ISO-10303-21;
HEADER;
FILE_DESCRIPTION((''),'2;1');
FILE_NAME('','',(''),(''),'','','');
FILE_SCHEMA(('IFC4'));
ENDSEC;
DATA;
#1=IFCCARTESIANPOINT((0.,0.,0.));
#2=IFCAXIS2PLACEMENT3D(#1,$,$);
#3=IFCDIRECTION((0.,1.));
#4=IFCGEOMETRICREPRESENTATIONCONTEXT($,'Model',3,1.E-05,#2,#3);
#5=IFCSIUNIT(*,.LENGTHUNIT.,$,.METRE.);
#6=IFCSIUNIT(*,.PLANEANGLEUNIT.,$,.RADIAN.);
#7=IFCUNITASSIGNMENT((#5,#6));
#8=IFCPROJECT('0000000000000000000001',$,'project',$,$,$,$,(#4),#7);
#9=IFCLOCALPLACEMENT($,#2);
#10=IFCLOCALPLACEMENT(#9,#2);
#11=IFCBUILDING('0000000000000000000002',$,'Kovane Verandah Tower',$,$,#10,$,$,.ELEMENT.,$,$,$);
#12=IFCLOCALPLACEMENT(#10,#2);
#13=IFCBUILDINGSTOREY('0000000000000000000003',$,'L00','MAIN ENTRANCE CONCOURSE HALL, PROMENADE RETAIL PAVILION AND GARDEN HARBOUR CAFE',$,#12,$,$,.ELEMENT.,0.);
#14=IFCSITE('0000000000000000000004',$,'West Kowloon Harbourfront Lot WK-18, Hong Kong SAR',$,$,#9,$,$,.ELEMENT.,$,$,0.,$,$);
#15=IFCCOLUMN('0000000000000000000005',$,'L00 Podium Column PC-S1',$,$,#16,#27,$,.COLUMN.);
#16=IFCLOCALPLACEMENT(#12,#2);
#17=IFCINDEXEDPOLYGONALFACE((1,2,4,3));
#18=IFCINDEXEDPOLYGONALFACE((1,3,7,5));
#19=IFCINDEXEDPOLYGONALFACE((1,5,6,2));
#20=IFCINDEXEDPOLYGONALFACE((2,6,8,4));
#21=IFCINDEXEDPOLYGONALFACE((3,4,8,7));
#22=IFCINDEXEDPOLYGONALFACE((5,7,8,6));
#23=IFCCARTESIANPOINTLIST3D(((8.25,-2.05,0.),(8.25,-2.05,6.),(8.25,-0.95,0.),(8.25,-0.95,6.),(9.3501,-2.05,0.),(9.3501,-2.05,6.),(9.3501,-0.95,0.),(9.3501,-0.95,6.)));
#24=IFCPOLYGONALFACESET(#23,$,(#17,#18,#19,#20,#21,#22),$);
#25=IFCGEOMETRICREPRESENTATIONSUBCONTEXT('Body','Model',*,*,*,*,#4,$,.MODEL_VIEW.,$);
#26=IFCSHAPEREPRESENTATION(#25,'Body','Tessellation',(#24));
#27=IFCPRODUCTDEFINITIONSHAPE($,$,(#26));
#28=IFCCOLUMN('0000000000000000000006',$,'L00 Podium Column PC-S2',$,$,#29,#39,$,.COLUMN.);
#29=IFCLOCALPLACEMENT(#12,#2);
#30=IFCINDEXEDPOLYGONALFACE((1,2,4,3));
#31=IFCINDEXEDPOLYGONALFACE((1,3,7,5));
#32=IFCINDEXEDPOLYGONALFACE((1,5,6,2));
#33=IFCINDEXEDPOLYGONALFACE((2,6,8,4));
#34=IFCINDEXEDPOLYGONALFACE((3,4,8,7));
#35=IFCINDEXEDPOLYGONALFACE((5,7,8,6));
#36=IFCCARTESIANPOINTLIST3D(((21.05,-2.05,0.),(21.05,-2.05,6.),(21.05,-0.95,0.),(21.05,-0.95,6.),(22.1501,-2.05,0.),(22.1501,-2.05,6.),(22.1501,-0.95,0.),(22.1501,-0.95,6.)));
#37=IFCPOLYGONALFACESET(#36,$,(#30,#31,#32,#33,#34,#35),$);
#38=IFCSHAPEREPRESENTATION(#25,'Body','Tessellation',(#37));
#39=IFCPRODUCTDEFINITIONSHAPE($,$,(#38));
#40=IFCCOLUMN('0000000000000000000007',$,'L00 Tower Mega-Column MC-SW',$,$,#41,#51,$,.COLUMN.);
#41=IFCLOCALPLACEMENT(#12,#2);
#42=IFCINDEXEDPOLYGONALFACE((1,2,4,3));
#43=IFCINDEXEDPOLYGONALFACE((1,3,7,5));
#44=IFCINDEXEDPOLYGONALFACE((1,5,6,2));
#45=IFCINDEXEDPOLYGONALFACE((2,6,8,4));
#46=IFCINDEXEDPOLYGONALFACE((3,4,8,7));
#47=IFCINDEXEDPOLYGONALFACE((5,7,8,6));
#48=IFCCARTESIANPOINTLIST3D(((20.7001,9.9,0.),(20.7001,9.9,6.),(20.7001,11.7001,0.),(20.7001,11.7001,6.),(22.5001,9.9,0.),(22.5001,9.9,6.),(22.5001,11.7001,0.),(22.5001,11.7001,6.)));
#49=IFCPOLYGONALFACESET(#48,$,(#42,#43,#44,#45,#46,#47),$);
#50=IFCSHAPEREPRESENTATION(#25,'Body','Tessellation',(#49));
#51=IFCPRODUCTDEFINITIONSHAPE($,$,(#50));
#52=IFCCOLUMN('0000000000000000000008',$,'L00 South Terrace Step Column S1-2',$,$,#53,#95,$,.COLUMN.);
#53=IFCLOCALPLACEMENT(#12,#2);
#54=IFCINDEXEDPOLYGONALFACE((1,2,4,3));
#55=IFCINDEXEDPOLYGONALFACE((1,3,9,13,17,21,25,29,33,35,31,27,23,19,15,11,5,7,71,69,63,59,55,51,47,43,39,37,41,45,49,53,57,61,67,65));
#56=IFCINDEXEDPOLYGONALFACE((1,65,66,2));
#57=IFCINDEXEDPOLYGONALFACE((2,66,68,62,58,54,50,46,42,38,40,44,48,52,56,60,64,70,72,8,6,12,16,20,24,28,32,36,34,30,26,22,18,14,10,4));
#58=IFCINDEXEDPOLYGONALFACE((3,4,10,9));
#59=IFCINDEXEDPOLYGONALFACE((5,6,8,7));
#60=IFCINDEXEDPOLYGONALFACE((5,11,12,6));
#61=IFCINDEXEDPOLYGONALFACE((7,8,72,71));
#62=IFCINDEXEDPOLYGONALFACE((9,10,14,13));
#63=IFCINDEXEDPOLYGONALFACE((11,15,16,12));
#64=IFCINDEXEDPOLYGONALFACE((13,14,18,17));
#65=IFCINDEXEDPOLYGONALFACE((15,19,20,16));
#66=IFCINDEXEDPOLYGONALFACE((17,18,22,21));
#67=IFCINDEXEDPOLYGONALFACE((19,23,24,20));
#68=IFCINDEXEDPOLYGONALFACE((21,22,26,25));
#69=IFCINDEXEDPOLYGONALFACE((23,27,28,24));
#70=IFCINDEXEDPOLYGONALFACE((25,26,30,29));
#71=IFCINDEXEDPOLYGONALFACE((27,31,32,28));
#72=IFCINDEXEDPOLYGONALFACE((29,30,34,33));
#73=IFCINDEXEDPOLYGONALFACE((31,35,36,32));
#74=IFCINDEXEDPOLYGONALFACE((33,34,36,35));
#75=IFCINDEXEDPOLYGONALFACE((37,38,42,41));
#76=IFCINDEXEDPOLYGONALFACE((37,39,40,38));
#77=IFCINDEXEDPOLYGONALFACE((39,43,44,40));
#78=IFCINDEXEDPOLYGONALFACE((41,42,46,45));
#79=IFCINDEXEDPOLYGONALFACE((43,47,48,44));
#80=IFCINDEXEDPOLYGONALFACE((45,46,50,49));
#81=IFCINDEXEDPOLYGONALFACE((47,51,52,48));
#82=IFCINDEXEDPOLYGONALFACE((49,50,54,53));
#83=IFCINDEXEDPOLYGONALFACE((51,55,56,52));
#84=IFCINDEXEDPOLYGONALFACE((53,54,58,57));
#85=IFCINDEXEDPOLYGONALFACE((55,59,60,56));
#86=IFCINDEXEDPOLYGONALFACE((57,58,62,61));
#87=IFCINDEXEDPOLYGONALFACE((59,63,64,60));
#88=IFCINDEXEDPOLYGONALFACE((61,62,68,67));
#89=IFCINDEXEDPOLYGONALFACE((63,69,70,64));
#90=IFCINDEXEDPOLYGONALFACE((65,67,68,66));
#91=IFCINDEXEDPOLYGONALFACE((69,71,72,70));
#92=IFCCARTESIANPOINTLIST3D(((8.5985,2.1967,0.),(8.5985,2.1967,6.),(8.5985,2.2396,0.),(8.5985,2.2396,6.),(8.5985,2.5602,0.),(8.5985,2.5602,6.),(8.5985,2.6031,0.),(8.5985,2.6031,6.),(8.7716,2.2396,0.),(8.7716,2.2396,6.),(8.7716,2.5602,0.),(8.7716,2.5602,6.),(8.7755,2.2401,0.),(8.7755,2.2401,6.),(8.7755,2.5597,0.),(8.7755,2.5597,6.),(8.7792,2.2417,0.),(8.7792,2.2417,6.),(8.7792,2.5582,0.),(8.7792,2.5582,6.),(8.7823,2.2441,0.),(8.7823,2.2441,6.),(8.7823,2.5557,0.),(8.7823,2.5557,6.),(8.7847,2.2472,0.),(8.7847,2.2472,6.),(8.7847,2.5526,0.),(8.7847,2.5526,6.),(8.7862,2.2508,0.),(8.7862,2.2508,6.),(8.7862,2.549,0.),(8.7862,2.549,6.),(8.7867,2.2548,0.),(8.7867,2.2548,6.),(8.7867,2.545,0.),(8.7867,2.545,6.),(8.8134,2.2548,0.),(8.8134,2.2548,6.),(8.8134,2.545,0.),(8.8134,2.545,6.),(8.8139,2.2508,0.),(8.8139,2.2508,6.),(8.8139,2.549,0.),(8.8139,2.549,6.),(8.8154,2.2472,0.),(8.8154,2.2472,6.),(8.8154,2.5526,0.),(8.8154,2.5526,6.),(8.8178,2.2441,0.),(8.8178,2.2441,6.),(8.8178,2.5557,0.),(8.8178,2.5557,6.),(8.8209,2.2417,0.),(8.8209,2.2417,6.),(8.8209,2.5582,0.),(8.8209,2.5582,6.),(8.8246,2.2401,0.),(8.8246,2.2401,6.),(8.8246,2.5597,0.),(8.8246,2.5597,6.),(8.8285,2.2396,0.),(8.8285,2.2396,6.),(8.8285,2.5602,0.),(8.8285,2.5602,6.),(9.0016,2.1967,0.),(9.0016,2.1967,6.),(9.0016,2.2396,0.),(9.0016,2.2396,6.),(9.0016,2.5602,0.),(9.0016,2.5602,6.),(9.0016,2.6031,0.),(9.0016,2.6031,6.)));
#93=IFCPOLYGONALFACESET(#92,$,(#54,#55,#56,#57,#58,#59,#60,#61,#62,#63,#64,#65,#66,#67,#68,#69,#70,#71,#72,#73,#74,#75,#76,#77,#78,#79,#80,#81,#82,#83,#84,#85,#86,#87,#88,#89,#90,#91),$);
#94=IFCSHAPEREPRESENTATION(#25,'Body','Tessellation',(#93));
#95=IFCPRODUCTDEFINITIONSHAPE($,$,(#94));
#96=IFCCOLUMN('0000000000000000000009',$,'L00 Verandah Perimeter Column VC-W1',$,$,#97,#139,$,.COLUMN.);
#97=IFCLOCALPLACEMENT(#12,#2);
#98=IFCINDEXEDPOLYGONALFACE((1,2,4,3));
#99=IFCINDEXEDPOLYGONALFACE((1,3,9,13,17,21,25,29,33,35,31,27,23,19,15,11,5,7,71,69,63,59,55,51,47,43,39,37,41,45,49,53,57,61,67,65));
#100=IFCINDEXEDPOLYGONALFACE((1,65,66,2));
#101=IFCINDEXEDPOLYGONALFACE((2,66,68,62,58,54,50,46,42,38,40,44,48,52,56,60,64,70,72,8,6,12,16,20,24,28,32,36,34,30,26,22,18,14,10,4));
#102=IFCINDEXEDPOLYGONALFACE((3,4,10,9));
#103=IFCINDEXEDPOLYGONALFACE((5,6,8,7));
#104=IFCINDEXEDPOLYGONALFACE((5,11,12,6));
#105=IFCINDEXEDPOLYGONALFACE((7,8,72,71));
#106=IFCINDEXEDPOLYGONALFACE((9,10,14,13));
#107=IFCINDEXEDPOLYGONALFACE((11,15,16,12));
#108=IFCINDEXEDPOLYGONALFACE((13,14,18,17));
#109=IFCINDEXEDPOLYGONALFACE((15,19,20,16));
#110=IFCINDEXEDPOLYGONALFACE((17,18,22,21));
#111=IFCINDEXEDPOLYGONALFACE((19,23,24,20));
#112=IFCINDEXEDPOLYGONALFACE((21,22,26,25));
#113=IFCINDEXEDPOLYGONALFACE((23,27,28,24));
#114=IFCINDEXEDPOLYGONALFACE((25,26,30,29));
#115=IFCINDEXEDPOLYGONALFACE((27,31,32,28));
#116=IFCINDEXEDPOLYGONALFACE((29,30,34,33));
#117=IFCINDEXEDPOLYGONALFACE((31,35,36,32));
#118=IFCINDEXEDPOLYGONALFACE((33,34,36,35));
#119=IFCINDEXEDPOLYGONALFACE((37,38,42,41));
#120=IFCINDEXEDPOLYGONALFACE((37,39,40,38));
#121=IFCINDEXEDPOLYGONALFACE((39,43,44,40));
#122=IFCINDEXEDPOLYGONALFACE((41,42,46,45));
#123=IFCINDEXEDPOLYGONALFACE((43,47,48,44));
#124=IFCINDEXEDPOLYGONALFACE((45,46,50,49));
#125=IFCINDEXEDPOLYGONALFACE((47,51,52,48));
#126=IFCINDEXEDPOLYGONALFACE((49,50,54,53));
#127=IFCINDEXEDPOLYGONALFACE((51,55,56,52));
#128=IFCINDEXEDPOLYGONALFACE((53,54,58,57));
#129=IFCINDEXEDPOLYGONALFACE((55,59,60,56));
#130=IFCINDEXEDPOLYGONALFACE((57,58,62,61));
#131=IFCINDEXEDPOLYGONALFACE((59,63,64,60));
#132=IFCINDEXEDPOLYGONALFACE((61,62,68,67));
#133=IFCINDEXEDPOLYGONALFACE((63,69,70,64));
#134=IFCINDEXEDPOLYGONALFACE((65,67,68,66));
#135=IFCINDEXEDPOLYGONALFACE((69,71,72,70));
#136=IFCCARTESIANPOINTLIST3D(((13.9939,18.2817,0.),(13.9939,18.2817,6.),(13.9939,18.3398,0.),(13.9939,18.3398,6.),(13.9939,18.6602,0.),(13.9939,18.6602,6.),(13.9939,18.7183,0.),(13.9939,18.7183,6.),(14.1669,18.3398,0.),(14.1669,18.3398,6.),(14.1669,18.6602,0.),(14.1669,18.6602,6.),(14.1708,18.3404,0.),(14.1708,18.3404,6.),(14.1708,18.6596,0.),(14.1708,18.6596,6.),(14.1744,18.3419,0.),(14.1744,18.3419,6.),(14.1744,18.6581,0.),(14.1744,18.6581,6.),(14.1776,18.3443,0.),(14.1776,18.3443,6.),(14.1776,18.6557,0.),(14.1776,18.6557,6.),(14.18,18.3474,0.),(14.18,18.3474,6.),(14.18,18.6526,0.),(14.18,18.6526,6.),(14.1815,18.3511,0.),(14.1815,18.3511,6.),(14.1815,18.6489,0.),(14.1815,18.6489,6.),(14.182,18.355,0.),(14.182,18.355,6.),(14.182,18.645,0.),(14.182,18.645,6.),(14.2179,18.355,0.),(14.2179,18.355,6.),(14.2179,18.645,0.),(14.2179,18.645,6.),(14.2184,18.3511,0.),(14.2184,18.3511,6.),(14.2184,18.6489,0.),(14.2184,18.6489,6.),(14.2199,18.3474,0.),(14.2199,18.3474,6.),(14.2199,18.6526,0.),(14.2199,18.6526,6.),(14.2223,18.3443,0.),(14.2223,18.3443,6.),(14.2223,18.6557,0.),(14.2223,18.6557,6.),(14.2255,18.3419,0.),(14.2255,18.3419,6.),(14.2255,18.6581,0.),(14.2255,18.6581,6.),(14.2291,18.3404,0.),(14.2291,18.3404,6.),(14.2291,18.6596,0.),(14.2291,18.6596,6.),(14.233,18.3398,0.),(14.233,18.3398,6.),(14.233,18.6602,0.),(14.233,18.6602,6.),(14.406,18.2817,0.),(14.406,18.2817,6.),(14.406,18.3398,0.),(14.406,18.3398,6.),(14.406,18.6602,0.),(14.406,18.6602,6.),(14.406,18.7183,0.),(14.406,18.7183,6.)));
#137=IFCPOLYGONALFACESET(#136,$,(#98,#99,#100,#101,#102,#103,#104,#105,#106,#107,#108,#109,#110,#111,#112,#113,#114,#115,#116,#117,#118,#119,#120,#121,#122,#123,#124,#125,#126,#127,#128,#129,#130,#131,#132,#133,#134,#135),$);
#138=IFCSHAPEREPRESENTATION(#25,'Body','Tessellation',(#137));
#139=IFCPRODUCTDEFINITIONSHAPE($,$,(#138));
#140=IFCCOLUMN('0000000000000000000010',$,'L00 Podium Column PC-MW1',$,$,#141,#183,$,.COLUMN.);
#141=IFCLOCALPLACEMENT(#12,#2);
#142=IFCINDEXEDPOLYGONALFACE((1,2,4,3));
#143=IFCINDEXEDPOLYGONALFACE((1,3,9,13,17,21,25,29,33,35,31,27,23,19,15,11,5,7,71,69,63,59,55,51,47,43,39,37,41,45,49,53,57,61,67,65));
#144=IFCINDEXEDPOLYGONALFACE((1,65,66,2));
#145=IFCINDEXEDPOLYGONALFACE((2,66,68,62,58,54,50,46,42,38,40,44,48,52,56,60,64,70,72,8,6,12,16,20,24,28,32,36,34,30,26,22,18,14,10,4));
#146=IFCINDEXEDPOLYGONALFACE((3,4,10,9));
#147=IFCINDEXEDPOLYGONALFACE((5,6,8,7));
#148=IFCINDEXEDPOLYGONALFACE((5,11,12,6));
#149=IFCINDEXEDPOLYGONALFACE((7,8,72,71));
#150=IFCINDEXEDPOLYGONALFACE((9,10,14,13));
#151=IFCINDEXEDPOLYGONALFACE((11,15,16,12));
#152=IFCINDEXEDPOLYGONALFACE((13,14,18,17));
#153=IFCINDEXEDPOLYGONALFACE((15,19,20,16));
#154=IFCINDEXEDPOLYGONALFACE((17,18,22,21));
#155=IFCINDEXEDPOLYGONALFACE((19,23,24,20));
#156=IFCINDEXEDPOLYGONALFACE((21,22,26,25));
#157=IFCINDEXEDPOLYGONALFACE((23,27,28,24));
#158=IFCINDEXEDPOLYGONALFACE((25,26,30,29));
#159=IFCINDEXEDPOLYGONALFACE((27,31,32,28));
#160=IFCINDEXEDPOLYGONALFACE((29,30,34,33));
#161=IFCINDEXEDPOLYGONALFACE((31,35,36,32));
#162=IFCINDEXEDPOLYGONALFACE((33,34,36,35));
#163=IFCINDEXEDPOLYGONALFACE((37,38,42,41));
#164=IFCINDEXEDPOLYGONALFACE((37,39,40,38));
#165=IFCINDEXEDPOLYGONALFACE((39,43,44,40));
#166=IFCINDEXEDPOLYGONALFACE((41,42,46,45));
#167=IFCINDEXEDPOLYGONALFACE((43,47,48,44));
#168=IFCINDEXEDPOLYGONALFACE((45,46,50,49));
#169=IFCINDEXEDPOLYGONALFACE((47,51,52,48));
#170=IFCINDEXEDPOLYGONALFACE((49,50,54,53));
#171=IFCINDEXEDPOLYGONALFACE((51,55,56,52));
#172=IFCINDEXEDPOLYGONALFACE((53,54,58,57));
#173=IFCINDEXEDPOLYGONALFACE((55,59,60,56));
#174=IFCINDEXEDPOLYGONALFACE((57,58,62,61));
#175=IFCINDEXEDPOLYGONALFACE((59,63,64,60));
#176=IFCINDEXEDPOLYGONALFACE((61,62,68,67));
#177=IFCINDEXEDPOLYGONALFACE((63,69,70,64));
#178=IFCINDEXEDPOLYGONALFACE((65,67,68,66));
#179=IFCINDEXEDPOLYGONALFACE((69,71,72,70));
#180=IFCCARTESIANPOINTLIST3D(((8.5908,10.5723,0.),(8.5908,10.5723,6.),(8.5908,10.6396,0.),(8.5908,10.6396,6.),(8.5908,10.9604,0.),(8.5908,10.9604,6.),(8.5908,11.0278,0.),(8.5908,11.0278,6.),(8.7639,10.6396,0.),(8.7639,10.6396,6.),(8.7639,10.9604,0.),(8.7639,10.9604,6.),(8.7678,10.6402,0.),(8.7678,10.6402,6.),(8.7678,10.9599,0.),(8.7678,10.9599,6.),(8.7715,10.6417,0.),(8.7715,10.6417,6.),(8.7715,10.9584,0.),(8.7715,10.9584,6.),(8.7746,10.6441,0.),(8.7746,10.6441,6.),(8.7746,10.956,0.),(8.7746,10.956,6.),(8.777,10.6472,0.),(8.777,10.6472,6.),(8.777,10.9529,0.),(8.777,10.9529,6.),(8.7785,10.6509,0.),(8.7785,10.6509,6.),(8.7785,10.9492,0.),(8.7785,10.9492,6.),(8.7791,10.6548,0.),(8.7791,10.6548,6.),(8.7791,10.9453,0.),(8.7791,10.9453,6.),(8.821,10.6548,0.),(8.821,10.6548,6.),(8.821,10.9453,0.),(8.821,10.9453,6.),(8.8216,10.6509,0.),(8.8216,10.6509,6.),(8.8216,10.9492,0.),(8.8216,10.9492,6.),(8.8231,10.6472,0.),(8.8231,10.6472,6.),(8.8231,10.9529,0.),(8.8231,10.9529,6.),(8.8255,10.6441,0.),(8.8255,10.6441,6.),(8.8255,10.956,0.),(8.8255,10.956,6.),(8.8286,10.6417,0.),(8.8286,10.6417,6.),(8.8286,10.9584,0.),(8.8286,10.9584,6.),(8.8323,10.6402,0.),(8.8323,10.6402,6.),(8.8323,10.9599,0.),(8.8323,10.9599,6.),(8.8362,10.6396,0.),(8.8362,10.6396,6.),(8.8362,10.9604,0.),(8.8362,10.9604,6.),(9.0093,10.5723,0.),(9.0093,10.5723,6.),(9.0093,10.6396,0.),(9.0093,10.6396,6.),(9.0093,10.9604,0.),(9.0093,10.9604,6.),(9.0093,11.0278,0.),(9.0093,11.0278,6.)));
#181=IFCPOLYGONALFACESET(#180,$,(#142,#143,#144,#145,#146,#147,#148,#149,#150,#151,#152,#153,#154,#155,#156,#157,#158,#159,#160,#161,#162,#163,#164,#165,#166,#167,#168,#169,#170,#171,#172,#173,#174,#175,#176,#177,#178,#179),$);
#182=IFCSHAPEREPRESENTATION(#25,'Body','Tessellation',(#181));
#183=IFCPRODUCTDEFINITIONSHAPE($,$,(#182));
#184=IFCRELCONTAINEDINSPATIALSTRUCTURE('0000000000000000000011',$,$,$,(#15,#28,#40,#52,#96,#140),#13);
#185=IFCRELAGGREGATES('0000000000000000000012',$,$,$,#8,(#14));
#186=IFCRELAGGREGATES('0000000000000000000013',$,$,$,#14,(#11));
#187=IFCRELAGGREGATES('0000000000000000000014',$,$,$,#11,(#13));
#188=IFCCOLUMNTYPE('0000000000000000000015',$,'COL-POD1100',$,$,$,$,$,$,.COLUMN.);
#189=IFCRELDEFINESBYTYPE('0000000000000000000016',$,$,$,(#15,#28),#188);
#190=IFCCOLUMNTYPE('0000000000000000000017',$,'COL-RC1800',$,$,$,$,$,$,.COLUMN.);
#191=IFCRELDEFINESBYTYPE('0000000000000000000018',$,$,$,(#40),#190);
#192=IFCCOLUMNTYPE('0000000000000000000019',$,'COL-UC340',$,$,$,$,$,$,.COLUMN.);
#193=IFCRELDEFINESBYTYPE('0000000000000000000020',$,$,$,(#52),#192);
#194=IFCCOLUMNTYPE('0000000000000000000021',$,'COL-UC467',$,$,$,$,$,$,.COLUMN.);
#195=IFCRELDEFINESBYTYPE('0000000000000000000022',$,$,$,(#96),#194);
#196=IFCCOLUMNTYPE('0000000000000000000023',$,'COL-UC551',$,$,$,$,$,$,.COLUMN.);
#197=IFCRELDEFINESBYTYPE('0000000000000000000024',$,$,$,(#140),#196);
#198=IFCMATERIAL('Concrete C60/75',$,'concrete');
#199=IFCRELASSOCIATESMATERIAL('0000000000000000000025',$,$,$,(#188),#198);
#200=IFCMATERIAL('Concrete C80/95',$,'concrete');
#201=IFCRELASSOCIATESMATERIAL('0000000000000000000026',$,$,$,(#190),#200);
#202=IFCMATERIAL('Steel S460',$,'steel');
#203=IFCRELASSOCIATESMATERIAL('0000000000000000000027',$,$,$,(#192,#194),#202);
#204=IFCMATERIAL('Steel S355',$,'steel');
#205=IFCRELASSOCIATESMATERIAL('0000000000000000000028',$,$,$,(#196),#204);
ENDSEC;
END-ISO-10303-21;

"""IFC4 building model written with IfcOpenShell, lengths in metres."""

from ifc_helpers import new_model, si_unit, direction, frame, origin, origin_2d, place, context, subcontext, project, spatial, rectangle, i_section, extrude, material, material_profile, profile_set, type_object, element, save


model = new_model("IFC4")

# Units and contexts
model_context = context("Model", 3, precision=1e-05, world=origin(), true_north=direction((0.0, 1.0)))
body_context = subcontext(model_context, "Body", "Model", "MODEL_VIEW")
ifc_project = project(units=[si_unit("LENGTHUNIT", "METRE"), si_unit("PLANEANGLEUNIT", "RADIAN")], contexts=[model_context])

# Site, building, storey
site_placement = place(None, origin())
site = spatial("IfcSite", under=ifc_project, at=site_placement, Name="West Kowloon Harbourfront Lot WK-18, Hong Kong SAR", CompositionType="ELEMENT", RefElevation=0.0)
building_placement = place(site_placement, origin())
building = spatial("IfcBuilding", under=site, at=building_placement, Name="Kovane Verandah Tower", CompositionType="ELEMENT")
storey_placement = place(building_placement, origin())
storey = spatial("IfcBuildingStorey", under=building, at=storey_placement, Name="L00", Description="MAIN ENTRANCE CONCOURSE HALL, PROMENADE RETAIL PAVILION AND GARDEN HARBOUR CAFE", CompositionType="ELEMENT", Elevation=0.0)

# Columns
ifc_material_1 = material(Name="Concrete C60/75", Category="concrete")
ifc_material_profile_1 = material_profile(ifc_material_1, rectangle(XDim=1.1001, YDim=1.1001, at=origin_2d()), Name="RC1100x1100")
ifc_profile_set_1 = profile_set([ifc_material_profile_1], Name="Concrete C60/75")
column_type_1 = type_object("IfcColumnType", Name="COL-POD1100", PredefinedType="COLUMN", material=ifc_profile_set_1)
for number, where, z_axis, x_axis, name in (
    (1, (8.8, -1.5, 0.0), (0.0, 0.0, 1.0), (1.0, 0.0, 0.0), "L00 Podium Column PC-S1"),
    (2, (21.6001, -1.5, 0.0), (0.0, 0.0, 1.0), (1.0, 0.0, 0.0), "L00 Podium Column PC-S2"),
):
    element("IfcColumn", number, at=place(storey_placement, frame(where, z_axis=z_axis, x_axis=x_axis)), inside=storey, type_object=column_type_1, Name=name, PredefinedType="COLUMN", context=body_context, shape_type="SweptSolid", body=[
        extrude(rectangle(XDim=1.1001, YDim=1.1001, at=origin_2d()), origin(), (0.0, 0.0, 1.0), 6.0),
    ])
ifc_material_2 = material(Name="Concrete C80/95", Category="concrete")
ifc_material_profile_2 = material_profile(ifc_material_2, rectangle(XDim=1.8, YDim=1.8, at=origin_2d()), Name="RC1800x1800")
ifc_profile_set_2 = profile_set([ifc_material_profile_2], Name="Concrete C80/95")
column_type_2 = type_object("IfcColumnType", Name="COL-RC1800", PredefinedType="COLUMN", material=ifc_profile_set_2)
column_1_placement = place(storey_placement, frame((21.6001, 10.8, 0.0), z_axis=(0.0, 0.0, 1.0), x_axis=(1.0, 0.0, 0.0)))
element("IfcColumn", 3, at=column_1_placement, inside=storey, type_object=column_type_2, Name="L00 Tower Mega-Column MC-SW", PredefinedType="COLUMN", context=body_context, shape_type="SweptSolid", body=[
    extrude(rectangle(XDim=1.8, YDim=1.8, at=origin_2d()), origin(), (0.0, 0.0, 1.0), 6.0),
])
ifc_material_3 = material(Name="Steel S460", Category="steel")
ifc_material_profile_3 = material_profile(ifc_material_3, i_section(OverallWidth=0.4031, OverallDepth=0.4065, WebThickness=0.0266, FlangeThickness=0.043, FilletRadius=0.0151, at=origin_2d()), Name="UC356x406x340")
ifc_profile_set_3 = profile_set([ifc_material_profile_3], Name="Steel S460")
column_type_3 = type_object("IfcColumnType", Name="COL-UC340", PredefinedType="COLUMN", material=ifc_profile_set_3)
column_2_placement = place(storey_placement, frame((8.8, 2.3999, 0.0), z_axis=(0.0, 0.0, 1.0), x_axis=(1.0, 0.0, 0.0)))
element("IfcColumn", 4, at=column_2_placement, inside=storey, type_object=column_type_3, Name="L00 South Terrace Step Column S1-2", PredefinedType="COLUMN", context=body_context, shape_type="SweptSolid", body=[
    extrude(i_section(OverallWidth=0.4031, OverallDepth=0.4065, WebThickness=0.0266, FlangeThickness=0.043, FilletRadius=0.0151, at=origin_2d()), origin(), (0.0, 0.0, 1.0), 6.0),
])
ifc_material_profile_4 = material_profile(ifc_material_3, i_section(OverallWidth=0.4121, OverallDepth=0.4365, WebThickness=0.0359, FlangeThickness=0.0581, FilletRadius=0.0151, at=origin_2d()), Name="UC356x406x467")
ifc_profile_set_4 = profile_set([ifc_material_profile_4], Name="Steel S460")
column_type_4 = type_object("IfcColumnType", Name="COL-UC467", PredefinedType="COLUMN", material=ifc_profile_set_4)
column_3_placement = place(storey_placement, frame((14.2, 18.5, 0.0), z_axis=(0.0, 0.0, 1.0), x_axis=(1.0, 0.0, 0.0)))
element("IfcColumn", 5, at=column_3_placement, inside=storey, type_object=column_type_4, Name="L00 Verandah Perimeter Column VC-W1", PredefinedType="COLUMN", context=body_context, shape_type="SweptSolid", body=[
    extrude(i_section(OverallWidth=0.4121, OverallDepth=0.4365, WebThickness=0.0359, FlangeThickness=0.0581, FilletRadius=0.0151, at=origin_2d()), origin(), (0.0, 0.0, 1.0), 6.0),
])
ifc_material_4 = material(Name="Steel S355", Category="steel")
ifc_material_profile_5 = material_profile(ifc_material_4, i_section(OverallWidth=0.4185, OverallDepth=0.4556, WebThickness=0.042, FlangeThickness=0.0674, FilletRadius=0.0151, at=origin_2d()), Name="UC356x406x551")
ifc_profile_set_5 = profile_set([ifc_material_profile_5], Name="Steel S355")
column_type_5 = type_object("IfcColumnType", Name="COL-UC551", PredefinedType="COLUMN", material=ifc_profile_set_5)
for number, where, z_axis, x_axis, name in (
    (6, (8.8, 10.8, 0.0), (0.0, 0.0, 1.0), (1.0, 0.0, 0.0), "L00 Podium Column PC-MW1"),
):
    element("IfcColumn", number, at=place(storey_placement, frame(where, z_axis=z_axis, x_axis=x_axis)), inside=storey, type_object=column_type_5, Name=name, PredefinedType="COLUMN", context=body_context, shape_type="SweptSolid", body=[
        extrude(i_section(OverallWidth=0.4185, OverallDepth=0.4556, WebThickness=0.042, FlangeThickness=0.0674, FilletRadius=0.0151, at=origin_2d()), origin(), (0.0, 0.0, 1.0), 6.0),
    ])

save(model, "model.ifc")
